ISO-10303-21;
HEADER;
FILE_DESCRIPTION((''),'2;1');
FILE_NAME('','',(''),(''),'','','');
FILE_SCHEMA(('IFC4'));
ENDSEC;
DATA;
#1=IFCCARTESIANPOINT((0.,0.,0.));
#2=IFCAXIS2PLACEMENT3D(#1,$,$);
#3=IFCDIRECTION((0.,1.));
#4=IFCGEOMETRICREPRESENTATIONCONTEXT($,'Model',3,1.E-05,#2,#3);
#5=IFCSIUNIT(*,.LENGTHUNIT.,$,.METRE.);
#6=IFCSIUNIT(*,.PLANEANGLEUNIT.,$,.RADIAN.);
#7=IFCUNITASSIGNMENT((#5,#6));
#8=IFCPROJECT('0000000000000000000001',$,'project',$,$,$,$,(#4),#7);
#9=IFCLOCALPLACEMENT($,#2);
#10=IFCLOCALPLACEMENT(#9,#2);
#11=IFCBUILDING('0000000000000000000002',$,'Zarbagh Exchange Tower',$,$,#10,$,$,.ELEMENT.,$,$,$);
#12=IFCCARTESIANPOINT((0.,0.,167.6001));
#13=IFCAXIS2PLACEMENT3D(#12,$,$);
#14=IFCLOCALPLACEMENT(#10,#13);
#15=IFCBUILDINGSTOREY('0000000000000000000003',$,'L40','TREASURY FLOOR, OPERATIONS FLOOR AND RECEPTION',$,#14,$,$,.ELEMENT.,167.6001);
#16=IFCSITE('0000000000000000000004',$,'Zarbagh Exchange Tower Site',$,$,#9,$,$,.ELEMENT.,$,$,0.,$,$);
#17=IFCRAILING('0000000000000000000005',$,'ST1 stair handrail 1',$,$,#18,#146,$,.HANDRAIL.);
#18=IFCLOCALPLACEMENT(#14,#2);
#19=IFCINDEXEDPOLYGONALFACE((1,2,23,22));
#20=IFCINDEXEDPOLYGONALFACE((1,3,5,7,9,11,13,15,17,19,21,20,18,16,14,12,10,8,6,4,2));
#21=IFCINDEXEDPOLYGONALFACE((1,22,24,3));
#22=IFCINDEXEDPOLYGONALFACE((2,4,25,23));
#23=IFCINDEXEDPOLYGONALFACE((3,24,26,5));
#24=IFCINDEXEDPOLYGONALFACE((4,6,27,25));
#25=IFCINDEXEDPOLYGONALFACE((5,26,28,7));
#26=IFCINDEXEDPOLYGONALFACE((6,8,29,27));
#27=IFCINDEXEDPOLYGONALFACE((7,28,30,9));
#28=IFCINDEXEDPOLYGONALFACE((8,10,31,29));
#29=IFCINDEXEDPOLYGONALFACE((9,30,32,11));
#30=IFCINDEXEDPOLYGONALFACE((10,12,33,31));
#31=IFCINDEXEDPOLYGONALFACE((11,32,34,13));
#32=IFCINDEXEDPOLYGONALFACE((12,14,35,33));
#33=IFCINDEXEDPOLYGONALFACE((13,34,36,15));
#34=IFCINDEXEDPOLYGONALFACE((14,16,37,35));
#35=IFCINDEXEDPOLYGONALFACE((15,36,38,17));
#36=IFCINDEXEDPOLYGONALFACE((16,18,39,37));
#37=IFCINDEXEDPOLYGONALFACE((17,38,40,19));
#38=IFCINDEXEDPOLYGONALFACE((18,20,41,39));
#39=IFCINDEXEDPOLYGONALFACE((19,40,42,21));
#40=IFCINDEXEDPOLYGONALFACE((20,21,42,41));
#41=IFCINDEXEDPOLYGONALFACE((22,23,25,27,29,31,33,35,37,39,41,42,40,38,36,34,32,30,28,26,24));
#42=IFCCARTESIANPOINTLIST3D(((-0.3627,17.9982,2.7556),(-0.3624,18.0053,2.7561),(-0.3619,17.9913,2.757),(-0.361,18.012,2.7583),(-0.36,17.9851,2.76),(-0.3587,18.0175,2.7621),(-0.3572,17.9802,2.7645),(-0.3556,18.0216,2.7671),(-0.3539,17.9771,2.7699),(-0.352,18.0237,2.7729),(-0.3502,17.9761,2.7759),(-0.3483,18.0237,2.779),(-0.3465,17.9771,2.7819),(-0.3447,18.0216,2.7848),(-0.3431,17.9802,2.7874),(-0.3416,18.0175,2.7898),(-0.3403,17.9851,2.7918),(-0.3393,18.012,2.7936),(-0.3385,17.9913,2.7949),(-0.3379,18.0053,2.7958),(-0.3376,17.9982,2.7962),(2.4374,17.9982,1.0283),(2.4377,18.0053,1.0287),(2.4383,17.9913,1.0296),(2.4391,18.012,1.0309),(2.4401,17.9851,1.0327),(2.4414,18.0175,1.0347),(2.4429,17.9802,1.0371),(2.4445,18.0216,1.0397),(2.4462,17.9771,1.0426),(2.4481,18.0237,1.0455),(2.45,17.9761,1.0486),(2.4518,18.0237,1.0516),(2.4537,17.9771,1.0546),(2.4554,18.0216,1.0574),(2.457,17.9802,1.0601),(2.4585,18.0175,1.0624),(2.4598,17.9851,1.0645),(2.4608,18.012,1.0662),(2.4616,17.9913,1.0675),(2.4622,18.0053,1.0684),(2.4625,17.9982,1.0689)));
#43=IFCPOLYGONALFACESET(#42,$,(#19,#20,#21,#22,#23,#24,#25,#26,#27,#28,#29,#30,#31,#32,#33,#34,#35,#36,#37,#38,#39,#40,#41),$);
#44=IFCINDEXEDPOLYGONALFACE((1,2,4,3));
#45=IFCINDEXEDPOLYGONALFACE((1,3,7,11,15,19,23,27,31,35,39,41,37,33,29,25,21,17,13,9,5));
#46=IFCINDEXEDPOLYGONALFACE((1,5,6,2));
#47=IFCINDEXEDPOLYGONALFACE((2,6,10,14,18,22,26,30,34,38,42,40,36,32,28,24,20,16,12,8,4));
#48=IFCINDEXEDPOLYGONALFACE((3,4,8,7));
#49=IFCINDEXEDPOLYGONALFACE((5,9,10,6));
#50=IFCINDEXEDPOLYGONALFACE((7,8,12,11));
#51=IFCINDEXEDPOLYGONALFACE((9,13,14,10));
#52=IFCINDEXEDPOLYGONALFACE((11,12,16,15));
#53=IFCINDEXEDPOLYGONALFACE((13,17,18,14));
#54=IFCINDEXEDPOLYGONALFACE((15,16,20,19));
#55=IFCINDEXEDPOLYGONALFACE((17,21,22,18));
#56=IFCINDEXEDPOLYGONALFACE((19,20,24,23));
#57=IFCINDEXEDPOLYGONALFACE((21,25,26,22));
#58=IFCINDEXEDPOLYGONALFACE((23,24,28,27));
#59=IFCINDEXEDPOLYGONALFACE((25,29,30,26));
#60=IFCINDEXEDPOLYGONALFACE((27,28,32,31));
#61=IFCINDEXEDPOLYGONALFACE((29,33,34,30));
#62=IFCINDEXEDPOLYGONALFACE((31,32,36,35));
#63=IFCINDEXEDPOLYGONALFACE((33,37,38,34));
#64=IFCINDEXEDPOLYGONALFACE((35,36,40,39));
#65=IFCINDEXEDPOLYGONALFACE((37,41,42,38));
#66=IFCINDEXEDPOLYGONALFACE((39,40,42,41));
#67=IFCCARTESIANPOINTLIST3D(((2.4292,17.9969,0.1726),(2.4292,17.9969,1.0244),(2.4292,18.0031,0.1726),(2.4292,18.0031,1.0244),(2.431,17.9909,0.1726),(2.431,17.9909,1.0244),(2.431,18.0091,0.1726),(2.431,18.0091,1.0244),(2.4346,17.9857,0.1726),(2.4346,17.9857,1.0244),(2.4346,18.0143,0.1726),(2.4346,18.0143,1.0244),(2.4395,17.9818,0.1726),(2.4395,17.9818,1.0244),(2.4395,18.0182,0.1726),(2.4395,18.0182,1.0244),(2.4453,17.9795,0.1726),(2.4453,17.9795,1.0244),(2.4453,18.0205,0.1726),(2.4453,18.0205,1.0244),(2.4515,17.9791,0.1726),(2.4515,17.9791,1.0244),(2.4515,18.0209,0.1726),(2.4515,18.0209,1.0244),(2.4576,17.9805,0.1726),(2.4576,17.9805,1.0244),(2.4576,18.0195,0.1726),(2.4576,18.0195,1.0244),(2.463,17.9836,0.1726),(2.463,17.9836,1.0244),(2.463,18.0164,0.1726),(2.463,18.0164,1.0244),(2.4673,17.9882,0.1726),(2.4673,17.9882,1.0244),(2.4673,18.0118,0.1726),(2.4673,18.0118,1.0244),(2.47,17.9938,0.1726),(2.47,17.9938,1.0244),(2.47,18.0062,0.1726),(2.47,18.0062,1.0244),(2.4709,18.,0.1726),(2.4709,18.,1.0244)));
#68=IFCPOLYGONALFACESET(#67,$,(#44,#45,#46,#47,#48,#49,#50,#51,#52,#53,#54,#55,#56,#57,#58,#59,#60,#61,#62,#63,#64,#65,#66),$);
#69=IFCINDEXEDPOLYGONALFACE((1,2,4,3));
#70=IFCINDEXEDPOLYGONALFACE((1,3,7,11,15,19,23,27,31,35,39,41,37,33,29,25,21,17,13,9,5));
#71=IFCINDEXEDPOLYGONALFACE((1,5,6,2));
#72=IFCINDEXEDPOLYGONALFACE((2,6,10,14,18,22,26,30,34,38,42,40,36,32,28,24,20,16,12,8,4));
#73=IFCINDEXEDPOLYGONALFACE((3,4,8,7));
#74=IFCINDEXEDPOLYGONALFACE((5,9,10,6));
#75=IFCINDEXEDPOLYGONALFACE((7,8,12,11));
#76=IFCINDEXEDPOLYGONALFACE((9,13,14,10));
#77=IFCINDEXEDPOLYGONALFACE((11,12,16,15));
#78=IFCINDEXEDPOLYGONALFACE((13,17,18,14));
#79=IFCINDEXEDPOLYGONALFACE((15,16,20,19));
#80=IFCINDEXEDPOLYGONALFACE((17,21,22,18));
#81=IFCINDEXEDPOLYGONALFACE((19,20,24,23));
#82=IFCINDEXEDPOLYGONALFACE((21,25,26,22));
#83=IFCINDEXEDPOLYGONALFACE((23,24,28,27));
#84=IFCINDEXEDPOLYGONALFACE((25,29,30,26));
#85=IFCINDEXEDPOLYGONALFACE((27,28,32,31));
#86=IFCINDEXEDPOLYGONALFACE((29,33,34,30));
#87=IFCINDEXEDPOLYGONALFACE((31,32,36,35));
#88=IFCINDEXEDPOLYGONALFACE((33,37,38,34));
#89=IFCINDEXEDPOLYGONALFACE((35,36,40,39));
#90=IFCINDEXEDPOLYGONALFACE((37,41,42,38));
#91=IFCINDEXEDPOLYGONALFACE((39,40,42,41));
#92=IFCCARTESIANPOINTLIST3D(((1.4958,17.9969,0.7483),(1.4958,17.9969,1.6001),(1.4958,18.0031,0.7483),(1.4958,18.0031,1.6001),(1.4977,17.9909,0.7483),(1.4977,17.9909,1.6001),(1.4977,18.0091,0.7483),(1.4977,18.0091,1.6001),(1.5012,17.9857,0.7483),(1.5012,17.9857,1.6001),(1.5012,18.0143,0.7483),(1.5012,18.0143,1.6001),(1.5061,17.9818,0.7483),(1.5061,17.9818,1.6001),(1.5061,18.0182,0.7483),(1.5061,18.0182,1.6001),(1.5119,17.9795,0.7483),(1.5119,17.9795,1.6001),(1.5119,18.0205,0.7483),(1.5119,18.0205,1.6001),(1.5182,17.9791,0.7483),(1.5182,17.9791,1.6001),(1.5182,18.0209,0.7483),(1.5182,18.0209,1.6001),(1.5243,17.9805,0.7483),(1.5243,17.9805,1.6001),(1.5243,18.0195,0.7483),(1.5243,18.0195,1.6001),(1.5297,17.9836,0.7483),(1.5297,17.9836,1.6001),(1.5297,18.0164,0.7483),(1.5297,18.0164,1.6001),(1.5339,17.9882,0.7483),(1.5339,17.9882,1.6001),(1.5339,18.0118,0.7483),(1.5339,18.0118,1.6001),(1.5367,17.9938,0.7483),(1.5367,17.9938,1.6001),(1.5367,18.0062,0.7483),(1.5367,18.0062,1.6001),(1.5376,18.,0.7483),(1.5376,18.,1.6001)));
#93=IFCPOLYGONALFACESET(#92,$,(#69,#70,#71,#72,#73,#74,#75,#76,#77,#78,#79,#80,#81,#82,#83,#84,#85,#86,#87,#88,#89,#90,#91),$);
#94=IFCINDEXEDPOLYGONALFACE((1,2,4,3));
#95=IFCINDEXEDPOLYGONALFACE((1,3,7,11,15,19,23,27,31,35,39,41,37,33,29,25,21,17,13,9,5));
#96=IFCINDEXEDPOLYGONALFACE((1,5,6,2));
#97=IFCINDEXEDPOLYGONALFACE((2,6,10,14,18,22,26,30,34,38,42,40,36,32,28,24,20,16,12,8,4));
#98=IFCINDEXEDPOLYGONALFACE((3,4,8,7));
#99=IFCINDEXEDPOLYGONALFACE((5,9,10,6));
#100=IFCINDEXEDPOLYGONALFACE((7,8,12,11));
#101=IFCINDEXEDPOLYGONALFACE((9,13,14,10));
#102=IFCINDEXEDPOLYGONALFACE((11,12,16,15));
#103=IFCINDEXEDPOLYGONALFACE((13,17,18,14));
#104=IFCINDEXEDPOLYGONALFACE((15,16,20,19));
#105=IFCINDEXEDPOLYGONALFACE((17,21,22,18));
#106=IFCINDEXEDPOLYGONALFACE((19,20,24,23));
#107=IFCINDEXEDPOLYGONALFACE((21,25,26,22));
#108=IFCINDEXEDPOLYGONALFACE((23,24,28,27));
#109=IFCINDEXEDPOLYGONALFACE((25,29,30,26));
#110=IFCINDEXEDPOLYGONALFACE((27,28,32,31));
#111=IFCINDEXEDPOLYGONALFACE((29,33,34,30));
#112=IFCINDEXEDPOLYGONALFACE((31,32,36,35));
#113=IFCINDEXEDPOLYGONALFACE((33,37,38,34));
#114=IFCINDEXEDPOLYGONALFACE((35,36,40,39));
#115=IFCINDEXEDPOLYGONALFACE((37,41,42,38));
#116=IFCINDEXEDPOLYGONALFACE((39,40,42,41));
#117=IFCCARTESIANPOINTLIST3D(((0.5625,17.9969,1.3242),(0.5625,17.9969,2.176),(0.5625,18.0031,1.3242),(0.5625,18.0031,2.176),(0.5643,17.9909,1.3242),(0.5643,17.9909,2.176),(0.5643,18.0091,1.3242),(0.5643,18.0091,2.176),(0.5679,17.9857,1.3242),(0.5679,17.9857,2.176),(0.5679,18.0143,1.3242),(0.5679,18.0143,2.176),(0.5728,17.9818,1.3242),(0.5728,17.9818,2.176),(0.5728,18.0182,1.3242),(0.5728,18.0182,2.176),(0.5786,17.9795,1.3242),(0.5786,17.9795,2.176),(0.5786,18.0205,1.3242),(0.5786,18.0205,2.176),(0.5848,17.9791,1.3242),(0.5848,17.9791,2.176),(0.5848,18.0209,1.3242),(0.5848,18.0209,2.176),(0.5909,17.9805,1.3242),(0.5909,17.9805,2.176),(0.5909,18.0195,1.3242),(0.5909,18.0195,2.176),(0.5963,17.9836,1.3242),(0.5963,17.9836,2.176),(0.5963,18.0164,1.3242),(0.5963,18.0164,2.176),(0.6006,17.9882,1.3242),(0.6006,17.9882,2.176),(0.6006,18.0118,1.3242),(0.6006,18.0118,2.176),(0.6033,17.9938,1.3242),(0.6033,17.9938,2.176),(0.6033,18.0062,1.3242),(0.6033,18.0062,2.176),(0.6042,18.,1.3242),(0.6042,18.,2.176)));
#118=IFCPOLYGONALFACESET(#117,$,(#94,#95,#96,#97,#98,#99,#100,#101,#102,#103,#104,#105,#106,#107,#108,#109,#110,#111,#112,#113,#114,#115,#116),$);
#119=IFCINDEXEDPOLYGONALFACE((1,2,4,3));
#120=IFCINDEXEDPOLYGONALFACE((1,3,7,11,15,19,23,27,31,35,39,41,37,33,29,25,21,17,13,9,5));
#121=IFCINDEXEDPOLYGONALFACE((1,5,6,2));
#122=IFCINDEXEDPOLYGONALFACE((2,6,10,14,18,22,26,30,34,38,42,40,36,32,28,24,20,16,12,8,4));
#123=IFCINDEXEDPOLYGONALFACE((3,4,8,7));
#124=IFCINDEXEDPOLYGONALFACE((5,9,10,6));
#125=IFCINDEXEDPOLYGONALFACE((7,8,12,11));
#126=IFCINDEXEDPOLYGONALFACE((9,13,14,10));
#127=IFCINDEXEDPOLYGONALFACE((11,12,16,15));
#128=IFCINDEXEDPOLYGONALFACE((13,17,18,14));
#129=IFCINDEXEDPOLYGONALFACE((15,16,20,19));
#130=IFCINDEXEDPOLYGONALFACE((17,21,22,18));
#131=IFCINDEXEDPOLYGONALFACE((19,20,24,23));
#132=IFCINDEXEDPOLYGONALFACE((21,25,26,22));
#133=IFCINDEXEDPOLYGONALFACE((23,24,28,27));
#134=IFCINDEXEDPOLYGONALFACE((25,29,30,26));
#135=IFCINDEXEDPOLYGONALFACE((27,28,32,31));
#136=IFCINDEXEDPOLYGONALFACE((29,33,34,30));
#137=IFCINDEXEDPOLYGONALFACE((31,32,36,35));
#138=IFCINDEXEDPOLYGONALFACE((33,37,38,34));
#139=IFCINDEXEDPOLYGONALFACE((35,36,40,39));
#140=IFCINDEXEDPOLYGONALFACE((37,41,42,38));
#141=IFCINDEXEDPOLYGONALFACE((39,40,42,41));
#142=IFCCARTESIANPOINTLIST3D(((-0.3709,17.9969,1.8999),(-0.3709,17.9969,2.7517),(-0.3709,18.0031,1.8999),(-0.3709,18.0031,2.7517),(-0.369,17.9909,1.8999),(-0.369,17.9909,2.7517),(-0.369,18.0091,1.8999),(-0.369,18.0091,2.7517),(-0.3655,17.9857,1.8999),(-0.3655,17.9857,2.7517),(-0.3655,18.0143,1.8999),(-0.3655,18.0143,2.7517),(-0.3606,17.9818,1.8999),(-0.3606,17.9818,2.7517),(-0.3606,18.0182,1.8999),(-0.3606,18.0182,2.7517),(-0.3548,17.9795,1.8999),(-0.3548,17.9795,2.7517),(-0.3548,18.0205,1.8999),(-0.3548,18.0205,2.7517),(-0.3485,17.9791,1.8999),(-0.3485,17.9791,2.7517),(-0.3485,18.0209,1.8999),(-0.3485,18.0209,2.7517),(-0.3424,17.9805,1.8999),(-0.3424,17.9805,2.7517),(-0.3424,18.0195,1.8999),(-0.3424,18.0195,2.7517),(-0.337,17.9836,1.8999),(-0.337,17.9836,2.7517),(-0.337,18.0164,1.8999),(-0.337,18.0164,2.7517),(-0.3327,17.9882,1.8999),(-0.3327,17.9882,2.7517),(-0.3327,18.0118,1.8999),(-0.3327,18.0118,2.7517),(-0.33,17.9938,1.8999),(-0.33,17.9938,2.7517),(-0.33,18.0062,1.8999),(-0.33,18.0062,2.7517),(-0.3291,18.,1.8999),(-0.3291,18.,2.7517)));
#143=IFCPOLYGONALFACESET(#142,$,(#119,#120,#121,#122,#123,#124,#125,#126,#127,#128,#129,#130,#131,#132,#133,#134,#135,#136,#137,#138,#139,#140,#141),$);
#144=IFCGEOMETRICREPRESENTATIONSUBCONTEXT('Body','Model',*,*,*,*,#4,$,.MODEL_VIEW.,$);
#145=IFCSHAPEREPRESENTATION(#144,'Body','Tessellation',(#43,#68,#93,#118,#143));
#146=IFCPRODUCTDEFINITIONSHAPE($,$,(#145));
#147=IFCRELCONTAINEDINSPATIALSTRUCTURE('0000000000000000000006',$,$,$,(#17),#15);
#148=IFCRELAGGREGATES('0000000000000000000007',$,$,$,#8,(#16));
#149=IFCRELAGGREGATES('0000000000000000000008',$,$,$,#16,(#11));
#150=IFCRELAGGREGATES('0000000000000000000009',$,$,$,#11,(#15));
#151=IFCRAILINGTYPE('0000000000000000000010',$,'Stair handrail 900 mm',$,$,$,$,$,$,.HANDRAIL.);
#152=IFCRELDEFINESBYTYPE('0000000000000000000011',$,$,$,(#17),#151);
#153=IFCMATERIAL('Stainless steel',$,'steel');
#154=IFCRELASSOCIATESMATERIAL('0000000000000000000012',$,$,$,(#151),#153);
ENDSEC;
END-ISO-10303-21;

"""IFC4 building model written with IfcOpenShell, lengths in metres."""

from ifc_helpers import new_model, si_unit, direction, frame, origin, origin_2d, place, context, subcontext, project, spatial, circle, extrude, material, type_object, element, save


model = new_model("IFC4")

# Units and contexts
model_context = context("Model", 3, precision=1e-05, world=origin(), true_north=direction((0.0, 1.0)))
body_context = subcontext(model_context, "Body", "Model", "MODEL_VIEW")
ifc_project = project(units=[si_unit("LENGTHUNIT", "METRE"), si_unit("PLANEANGLEUNIT", "RADIAN")], contexts=[model_context])

# Site, building, storey
site_placement = place(None, origin())
site = spatial("IfcSite", under=ifc_project, at=site_placement, Name="Zarbagh Exchange Tower Site", CompositionType="ELEMENT", RefElevation=0.0)
building_placement = place(site_placement, origin())
building = spatial("IfcBuilding", under=site, at=building_placement, Name="Zarbagh Exchange Tower", CompositionType="ELEMENT")
storey_placement = place(building_placement, frame((0.0, 0.0, 167.6001)))
storey = spatial("IfcBuildingStorey", under=building, at=storey_placement, Name="L40", Description="TREASURY FLOOR, OPERATIONS FLOOR AND RECEPTION", CompositionType="ELEMENT", Elevation=167.6001)

# Shared definitions
ifc_material_1 = material(Name="Stainless steel", Category="steel")

# Railing
railing_type = type_object("IfcRailingType", Name="Stair handrail 900 mm", PredefinedType="HANDRAIL", material=ifc_material_1)
railing_placement = place(storey_placement, frame((2.45, 18.0, 0.1726)))
element("IfcRailing", 1, at=railing_placement, inside=storey, type_object=railing_type, Name="ST1 stair handrail 1", PredefinedType="HANDRAIL", context=body_context, shape_type="SweptSolid", body=[
    extrude(circle(Radius=0.0239, at=origin_2d()), frame((0.0, 0.0, 0.876), z_axis=(-0.85109, 0.0, 0.52502), x_axis=(0.0, -1.0, 0.0)), (0.0, 0.0, 1.0), 3.29),
    extrude(circle(Radius=0.021, at=origin_2d()), origin(), (0.0, 0.0, 1.0), 0.8518),
    extrude(circle(Radius=0.021, at=origin_2d()), frame((-0.9333, 0.0, 0.5757)), (0.0, 0.0, 1.0), 0.8518),
    extrude(circle(Radius=0.021, at=origin_2d()), frame((-1.8667, 0.0, 1.1516)), (0.0, 0.0, 1.0), 0.8518),
    extrude(circle(Radius=0.021, at=origin_2d()), frame((-2.8, 0.0, 1.7273)), (0.0, 0.0, 1.0), 0.8518),
])

save(model, "model.ifc")
